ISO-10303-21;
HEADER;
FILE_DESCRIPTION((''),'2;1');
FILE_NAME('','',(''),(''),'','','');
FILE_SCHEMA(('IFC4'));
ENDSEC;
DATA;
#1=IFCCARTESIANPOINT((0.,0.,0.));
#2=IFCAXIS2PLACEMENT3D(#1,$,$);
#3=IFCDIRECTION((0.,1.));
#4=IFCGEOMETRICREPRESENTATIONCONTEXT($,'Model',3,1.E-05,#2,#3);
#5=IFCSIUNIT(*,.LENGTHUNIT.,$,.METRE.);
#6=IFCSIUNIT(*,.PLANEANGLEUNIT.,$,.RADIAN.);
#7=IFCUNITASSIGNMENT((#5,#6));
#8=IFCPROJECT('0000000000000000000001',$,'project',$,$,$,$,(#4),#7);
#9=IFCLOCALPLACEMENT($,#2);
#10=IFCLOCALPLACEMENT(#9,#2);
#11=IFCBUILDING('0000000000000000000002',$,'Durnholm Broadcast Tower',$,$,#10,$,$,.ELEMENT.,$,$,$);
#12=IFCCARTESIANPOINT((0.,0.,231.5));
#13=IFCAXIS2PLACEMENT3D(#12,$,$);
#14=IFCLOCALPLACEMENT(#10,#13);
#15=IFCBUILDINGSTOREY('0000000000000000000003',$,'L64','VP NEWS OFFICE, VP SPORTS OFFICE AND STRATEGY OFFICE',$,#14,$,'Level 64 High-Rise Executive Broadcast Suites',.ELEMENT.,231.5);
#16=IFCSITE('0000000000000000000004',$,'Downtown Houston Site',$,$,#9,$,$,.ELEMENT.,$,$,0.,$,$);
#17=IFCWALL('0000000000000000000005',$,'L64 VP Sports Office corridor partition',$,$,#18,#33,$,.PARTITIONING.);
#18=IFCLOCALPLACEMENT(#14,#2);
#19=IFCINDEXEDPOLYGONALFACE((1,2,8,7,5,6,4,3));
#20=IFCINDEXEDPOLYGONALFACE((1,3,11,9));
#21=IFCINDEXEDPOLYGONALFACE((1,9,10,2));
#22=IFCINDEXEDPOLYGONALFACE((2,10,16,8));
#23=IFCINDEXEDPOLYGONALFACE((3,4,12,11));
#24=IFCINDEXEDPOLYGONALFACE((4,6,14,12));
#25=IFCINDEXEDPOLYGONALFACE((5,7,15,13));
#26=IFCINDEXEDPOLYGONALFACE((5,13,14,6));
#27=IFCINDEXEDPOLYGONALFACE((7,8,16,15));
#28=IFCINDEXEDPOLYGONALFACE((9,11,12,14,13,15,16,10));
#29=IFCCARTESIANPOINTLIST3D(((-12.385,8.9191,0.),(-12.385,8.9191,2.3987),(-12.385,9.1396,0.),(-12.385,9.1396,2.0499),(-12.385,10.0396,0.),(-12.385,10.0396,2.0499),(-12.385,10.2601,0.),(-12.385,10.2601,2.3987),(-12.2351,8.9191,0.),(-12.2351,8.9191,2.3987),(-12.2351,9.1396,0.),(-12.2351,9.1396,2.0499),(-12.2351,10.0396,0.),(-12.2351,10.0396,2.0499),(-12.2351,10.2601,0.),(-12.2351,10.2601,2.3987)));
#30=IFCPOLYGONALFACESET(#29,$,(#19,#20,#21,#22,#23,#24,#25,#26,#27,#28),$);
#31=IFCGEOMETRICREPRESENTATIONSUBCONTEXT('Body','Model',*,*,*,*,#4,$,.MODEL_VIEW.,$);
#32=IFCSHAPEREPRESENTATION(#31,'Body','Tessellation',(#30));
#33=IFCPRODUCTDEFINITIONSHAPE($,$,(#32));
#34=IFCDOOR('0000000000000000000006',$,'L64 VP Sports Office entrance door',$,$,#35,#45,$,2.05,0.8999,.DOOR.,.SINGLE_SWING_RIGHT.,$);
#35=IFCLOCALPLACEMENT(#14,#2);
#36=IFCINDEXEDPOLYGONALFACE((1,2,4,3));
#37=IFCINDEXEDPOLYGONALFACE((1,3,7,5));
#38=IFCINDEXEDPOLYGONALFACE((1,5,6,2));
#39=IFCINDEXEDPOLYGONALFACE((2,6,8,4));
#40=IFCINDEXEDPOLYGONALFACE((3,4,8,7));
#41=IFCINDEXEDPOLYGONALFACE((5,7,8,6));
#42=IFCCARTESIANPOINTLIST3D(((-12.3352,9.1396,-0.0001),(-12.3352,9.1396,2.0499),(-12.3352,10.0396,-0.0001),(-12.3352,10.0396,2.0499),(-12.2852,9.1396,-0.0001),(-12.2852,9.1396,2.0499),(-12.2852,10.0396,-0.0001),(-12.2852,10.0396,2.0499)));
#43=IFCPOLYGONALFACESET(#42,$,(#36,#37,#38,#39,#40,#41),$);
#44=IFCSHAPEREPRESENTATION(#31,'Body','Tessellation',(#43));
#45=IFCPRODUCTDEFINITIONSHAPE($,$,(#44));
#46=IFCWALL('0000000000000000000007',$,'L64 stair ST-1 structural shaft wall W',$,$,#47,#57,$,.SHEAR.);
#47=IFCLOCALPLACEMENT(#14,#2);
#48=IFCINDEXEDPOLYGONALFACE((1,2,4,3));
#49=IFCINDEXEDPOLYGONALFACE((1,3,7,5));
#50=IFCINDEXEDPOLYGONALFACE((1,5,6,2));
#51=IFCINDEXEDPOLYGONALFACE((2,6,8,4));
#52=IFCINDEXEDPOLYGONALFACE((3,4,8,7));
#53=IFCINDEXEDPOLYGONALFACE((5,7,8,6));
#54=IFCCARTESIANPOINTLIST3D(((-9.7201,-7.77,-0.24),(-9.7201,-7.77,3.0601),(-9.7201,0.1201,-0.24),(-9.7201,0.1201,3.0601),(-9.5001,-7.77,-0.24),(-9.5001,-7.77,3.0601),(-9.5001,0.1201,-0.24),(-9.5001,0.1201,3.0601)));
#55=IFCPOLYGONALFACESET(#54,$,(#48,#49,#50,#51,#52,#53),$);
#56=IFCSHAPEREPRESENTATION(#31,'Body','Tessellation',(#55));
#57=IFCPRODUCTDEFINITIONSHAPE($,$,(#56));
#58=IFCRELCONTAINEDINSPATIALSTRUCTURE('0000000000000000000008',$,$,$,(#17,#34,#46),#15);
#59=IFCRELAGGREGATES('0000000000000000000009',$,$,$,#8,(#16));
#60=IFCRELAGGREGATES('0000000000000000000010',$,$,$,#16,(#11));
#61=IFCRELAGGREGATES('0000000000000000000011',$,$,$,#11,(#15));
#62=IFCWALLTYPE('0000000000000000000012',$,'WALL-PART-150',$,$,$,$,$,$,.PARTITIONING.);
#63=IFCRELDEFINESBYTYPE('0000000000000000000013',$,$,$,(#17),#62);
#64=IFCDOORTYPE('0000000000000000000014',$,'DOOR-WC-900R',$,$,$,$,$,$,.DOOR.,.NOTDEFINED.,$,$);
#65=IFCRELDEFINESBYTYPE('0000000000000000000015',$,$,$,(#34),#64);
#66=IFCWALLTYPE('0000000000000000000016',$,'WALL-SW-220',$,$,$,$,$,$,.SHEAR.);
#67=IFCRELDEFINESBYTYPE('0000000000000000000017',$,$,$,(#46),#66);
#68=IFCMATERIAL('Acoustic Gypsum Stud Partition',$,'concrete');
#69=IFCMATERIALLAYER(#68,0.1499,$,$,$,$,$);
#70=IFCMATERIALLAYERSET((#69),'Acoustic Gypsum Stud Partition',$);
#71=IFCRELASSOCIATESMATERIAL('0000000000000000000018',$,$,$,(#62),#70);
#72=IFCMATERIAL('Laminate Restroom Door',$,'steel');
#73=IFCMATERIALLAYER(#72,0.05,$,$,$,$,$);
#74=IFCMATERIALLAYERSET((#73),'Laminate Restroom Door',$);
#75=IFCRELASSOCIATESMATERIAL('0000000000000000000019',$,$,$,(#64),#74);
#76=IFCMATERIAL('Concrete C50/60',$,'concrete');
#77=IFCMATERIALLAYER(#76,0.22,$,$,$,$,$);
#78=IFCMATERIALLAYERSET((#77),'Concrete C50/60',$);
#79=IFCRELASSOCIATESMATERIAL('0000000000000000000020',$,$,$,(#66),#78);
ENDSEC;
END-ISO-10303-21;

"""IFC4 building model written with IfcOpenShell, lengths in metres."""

from ifc_helpers import new_model, si_unit, direction, frame, frame_2d, origin, place, context, subcontext, project, spatial, rectangle, extrude, source, transform, mapped, material, layer, layer_set, type_object, type_shapes, element, fill, save


model = new_model("IFC4")

# Units and contexts
model_context = context("Model", 3, precision=1e-05, world=origin(), true_north=direction((0.0, 1.0)))
body_context = subcontext(model_context, "Body", "Model", "MODEL_VIEW")
ifc_project = project(units=[si_unit("LENGTHUNIT", "METRE"), si_unit("PLANEANGLEUNIT", "RADIAN")], contexts=[model_context])

# Site, building, storey
site_placement = place(None, origin())
site = spatial("IfcSite", under=ifc_project, at=site_placement, Name="Downtown Houston Site", CompositionType="ELEMENT", RefElevation=0.0)
building_placement = place(site_placement, origin())
building = spatial("IfcBuilding", under=site, at=building_placement, Name="Durnholm Broadcast Tower", CompositionType="ELEMENT")
storey_placement = place(building_placement, frame((0.0, 0.0, 231.5)))
storey = spatial("IfcBuildingStorey", under=building, at=storey_placement, Name="L64", Description="VP NEWS OFFICE, VP SPORTS OFFICE AND STRATEGY OFFICE", LongName="Level 64 High-Rise Executive Broadcast Suites", CompositionType="ELEMENT", Elevation=231.5)

# Shared definitions
ifc_material_1 = material(Name="Acoustic Gypsum Stud Partition", Category="concrete")
ifc_layer_1 = layer(ifc_material_1, 0.1499)
ifc_layer_set_1 = layer_set([ifc_layer_1], Name="Acoustic Gypsum Stud Partition")
wall_type_1 = type_object("IfcWallType", Name="WALL-PART-150", PredefinedType="PARTITIONING", material=ifc_layer_set_1)

# Wall, opening, door
wall_1_placement = place(storey_placement, frame((-12.3101, 10.26, 0.0), z_axis=(0.0, 0.0, 1.0), x_axis=(0.0, -1.0, 0.0)))
wall_1 = element("IfcWall", 1, at=wall_1_placement, inside=storey, type_object=wall_type_1, Name="L64 VP Sports Office corridor partition", PredefinedType="PARTITIONING", context=body_context, shape_type="SweptSolid", body=[
    extrude(rectangle(XDim=1.3411, YDim=0.1499, at=frame_2d((0.6704, 0.0))), origin(), (0.0, 0.0, 1.0), 2.3987),
])
opening_1_placement = place(wall_1_placement, frame((0.2205, 0.0, 0.0)))
opening_1 = element("IfcOpeningElement", 2, at=opening_1_placement, cuts=wall_1, PredefinedType="OPENING", context=body_context, shape_type="SweptSolid", body=[
    extrude(rectangle(XDim=0.8999, YDim=2.05, at=frame_2d((0.45, 1.0249))), frame((0.0, 0.085, 0.0), z_axis=(0.0, -1.0, 0.0), x_axis=(1.0, 0.0, 0.0)), (0.0, 0.0, 1.0), 0.1699),
])
ifc_material_2 = material(Name="Laminate Restroom Door", Category="steel")
ifc_layer_2 = layer(ifc_material_2, 0.05)
ifc_layer_set_2 = layer_set([ifc_layer_2], Name="Laminate Restroom Door")
door_type_1 = type_object("IfcDoorType", Name="DOOR-WC-900R", OperationType="NOTDEFINED", PredefinedType="DOOR", material=ifc_layer_set_2)
shared_shape_1 = source(origin(), body_context, "Body", "SweptSolid", [
    extrude(rectangle(XDim=0.8999, YDim=2.05, at=frame_2d((0.45, 1.0249))), frame((0.0, 0.0249, 0.0), z_axis=(0.0, -1.0, 0.0), x_axis=(1.0, 0.0, 0.0)), (0.0, 0.0, 1.0), 0.05),
])
type_shapes(door_type_1, [shared_shape_1])
door_1_placement = place(opening_1_placement, origin())
door_1 = element("IfcDoor", 3, at=door_1_placement, inside=storey, type_object=door_type_1, Name="L64 VP Sports Office entrance door", OperationType="SINGLE_SWING_RIGHT", OverallHeight=2.05, OverallWidth=0.8999, PredefinedType="DOOR", context=body_context, shape_type="MappedRepresentation", body=[
    mapped(shared_shape_1, transform((0.0, 0.0, 0.0), x_axis=(1.0, 0.0, 0.0), y_axis=(0.0, 1.0, 0.0), z_axis=(0.0, 0.0, 1.0), scale=1.0)),
])
fill(opening_1, door_1)

# Wall
ifc_material_3 = material(Name="Concrete C50/60", Category="concrete")
ifc_layer_3 = layer(ifc_material_3, 0.22)
ifc_layer_set_3 = layer_set([ifc_layer_3], Name="Concrete C50/60")
wall_type_2 = type_object("IfcWallType", Name="WALL-SW-220", PredefinedType="SHEAR", material=ifc_layer_set_3)
wall_2_placement = place(storey_placement, frame((-9.6101, 0.1201, -0.24), z_axis=(0.0, 0.0, 1.0), x_axis=(0.0, -1.0, 0.0)))
element("IfcWall", 4, at=wall_2_placement, inside=storey, type_object=wall_type_2, Name="L64 stair ST-1 structural shaft wall W", PredefinedType="SHEAR", context=body_context, shape_type="SweptSolid", body=[
    extrude(rectangle(XDim=7.8901, YDim=0.22, at=frame_2d((3.9451, 0.0))), origin(), (0.0, 0.0, 1.0), 3.3),
])

save(model, "model.ifc")
